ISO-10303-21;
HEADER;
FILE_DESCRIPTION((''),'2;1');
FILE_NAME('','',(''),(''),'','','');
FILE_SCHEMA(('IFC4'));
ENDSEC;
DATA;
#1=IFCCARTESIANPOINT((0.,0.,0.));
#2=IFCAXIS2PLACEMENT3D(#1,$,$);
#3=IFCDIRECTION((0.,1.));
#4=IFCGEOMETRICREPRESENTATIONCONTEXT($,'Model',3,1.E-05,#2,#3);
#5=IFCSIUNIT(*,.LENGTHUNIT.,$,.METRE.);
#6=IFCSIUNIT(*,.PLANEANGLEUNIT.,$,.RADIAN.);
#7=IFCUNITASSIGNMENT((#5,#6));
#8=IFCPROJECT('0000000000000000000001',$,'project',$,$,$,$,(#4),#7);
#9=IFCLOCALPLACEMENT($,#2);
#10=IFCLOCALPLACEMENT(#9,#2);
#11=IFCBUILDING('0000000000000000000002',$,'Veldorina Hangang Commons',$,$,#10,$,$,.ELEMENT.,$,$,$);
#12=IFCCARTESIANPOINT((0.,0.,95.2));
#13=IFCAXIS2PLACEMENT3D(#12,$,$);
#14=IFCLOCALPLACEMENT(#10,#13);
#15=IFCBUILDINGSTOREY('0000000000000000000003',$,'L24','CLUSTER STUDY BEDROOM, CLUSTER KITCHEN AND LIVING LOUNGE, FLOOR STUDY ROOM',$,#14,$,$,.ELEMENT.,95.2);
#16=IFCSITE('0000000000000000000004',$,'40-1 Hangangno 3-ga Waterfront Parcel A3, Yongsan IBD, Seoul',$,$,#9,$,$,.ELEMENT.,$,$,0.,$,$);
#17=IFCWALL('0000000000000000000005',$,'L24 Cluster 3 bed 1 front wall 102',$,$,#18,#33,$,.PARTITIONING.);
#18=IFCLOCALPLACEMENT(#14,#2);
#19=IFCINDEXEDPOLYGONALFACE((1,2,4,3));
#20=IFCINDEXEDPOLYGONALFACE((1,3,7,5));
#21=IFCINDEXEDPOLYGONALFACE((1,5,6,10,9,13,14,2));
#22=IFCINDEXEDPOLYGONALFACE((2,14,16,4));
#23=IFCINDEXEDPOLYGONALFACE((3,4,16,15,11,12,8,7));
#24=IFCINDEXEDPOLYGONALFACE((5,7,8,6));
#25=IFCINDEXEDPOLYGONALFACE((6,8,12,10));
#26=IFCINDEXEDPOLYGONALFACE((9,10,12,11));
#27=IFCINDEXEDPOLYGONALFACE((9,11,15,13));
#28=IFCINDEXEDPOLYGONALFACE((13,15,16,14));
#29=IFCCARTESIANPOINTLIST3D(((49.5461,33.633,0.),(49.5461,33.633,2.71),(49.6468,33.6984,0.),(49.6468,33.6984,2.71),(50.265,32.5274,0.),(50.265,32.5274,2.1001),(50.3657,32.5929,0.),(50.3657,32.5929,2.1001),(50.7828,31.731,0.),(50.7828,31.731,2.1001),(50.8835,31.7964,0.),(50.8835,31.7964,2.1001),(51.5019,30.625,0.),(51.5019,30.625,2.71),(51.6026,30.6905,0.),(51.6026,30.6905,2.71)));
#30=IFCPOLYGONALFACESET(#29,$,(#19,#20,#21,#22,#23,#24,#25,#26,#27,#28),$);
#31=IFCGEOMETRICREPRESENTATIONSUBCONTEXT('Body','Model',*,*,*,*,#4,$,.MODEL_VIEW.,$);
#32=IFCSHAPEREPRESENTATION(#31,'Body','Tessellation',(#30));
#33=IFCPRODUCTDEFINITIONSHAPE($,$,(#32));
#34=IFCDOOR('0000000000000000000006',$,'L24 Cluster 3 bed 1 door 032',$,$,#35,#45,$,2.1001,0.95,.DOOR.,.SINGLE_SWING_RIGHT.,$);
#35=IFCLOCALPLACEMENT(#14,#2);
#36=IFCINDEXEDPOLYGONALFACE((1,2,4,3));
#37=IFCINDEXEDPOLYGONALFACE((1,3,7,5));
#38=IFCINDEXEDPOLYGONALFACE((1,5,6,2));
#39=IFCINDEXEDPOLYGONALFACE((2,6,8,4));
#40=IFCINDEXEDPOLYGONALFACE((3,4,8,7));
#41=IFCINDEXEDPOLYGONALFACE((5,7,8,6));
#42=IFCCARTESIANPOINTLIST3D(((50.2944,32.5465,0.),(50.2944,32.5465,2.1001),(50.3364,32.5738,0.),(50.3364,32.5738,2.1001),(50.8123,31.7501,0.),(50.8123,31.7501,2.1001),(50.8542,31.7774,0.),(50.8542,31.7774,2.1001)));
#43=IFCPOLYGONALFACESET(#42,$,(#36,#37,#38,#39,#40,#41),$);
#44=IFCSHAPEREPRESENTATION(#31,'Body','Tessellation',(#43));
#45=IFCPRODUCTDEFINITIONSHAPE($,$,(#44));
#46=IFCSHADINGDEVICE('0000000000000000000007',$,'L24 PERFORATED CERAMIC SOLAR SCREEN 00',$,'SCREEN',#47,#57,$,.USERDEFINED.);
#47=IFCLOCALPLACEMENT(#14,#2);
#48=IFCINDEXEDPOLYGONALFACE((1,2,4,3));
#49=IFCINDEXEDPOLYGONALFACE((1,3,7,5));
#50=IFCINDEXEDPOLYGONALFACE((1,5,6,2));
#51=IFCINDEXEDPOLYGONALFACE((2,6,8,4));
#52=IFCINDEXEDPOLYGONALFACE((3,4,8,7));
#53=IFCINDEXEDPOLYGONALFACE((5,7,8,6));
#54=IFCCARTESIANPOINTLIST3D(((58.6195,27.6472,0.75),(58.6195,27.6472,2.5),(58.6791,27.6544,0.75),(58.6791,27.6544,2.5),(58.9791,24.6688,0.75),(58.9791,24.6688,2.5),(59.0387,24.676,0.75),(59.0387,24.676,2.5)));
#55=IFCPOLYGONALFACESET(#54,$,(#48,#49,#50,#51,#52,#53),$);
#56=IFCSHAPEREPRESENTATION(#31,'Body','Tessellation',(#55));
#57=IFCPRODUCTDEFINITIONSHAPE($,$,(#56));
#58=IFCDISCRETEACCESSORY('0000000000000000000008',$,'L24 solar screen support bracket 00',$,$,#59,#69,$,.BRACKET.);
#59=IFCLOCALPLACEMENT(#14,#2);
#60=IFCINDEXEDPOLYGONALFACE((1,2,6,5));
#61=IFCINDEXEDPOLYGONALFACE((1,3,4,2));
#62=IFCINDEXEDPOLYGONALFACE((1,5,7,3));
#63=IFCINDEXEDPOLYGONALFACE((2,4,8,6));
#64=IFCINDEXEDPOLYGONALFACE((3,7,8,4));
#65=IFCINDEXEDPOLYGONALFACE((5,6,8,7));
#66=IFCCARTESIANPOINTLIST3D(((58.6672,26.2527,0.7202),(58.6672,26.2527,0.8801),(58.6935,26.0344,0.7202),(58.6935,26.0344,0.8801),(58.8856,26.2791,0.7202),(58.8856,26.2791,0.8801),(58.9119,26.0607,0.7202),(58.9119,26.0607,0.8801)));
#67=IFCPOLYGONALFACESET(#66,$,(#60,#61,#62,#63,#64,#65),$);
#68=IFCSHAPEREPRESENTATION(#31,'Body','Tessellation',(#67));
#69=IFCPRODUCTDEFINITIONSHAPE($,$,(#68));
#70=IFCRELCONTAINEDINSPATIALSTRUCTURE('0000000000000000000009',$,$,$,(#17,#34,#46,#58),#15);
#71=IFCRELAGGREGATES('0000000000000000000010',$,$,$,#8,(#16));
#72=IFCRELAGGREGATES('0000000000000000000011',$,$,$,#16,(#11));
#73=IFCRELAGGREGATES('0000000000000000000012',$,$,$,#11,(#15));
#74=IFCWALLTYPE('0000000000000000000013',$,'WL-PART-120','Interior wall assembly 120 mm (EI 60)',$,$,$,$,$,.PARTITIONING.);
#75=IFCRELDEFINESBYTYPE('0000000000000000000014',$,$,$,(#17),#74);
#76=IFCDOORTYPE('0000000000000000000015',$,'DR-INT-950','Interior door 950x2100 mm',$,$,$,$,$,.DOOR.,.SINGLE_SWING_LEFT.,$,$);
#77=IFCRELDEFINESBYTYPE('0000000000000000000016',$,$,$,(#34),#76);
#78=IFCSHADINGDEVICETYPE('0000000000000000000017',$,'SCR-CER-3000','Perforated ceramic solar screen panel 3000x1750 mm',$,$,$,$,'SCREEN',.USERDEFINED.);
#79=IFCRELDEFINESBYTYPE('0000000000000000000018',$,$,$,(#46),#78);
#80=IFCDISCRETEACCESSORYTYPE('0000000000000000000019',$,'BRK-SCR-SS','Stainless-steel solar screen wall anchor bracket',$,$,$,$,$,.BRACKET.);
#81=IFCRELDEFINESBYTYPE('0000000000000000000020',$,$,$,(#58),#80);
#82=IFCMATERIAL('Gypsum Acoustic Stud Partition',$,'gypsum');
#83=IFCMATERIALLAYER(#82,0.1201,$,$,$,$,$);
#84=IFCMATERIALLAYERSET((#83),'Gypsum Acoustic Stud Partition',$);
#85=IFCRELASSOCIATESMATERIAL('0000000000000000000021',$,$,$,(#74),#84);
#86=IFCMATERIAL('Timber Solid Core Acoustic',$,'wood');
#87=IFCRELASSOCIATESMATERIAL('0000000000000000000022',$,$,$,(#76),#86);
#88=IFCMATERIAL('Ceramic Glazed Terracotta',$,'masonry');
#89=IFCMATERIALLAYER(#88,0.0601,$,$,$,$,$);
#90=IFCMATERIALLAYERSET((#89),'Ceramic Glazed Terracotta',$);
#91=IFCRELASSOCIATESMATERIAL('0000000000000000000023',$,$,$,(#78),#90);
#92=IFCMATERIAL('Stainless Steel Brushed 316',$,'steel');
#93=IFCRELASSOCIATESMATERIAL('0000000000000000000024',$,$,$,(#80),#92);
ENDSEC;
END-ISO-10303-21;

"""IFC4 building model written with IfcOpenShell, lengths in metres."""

from ifc_helpers import new_model, si_unit, direction, frame, frame_2d, origin, origin_2d, place, context, subcontext, project, spatial, rectangle, extrude, material, layer, layer_set, type_object, element, fill, save


model = new_model("IFC4")

# Units and contexts
model_context = context("Model", 3, precision=1e-05, world=origin(), true_north=direction((0.0, 1.0)))
body_context = subcontext(model_context, "Body", "Model", "MODEL_VIEW")
ifc_project = project(units=[si_unit("LENGTHUNIT", "METRE"), si_unit("PLANEANGLEUNIT", "RADIAN")], contexts=[model_context])

# Site, building, storey
site_placement = place(None, origin())
site = spatial("IfcSite", under=ifc_project, at=site_placement, Name="40-1 Hangangno 3-ga Waterfront Parcel A3, Yongsan IBD, Seoul", CompositionType="ELEMENT", RefElevation=0.0)
building_placement = place(site_placement, origin())
building = spatial("IfcBuilding", under=site, at=building_placement, Name="Veldorina Hangang Commons", CompositionType="ELEMENT")
storey_placement = place(building_placement, frame((0.0, 0.0, 95.2)))
storey = spatial("IfcBuildingStorey", under=building, at=storey_placement, Name="L24", Description="CLUSTER STUDY BEDROOM, CLUSTER KITCHEN AND LIVING LOUNGE, FLOOR STUDY ROOM", CompositionType="ELEMENT", Elevation=95.2)

# Shared definitions
ifc_material_1 = material(Name="Gypsum Acoustic Stud Partition", Category="gypsum")
ifc_layer_1 = layer(ifc_material_1, 0.1201)
ifc_layer_set_1 = layer_set([ifc_layer_1], Name="Gypsum Acoustic Stud Partition")
wall_type_1 = type_object("IfcWallType", Name="WL-PART-120", Description="Interior wall assembly 120 mm (EI 60)", PredefinedType="PARTITIONING", material=ifc_layer_set_1)
ifc_material_2 = material(Name="Timber Solid Core Acoustic", Category="wood")
door_type = type_object("IfcDoorType", Name="DR-INT-950", Description="Interior door 950x2100 mm", OperationType="SINGLE_SWING_LEFT", PredefinedType="DOOR", material=ifc_material_2)

# Wall, opening, door
wall_1_placement = place(storey_placement, frame((51.5522, 30.6577, 0.0), z_axis=(0.0, 0.0, 1.0), x_axis=(-0.545101, 0.838371, 0.0)))
wall_1 = element("IfcWall", 1, at=wall_1_placement, inside=storey, type_object=wall_type_1, Name="L24 Cluster 3 bed 1 front wall 102", PredefinedType="PARTITIONING", context=body_context, shape_type="SweptSolid", body=[
    extrude(rectangle(XDim=3.5879, YDim=0.1201, at=frame_2d((1.7939, 0.0))), origin(), (0.0, 0.0, 1.0), 2.71),
])
opening_1_placement = place(wall_1_placement, frame((1.3191, 0.0, 0.0)))
opening_1 = element("IfcOpeningElement", 2, at=opening_1_placement, cuts=wall_1, PredefinedType="OPENING", context=body_context, shape_type="SweptSolid", body=[
    extrude(rectangle(XDim=0.95, YDim=2.1001, at=frame_2d((0.4751, 1.05))), frame((0.0, 0.0701, 0.0), z_axis=(0.0, -1.0, 0.0), x_axis=(1.0, 0.0, 0.0)), (0.0, 0.0, 1.0), 0.1401),
])
door_1_placement = place(opening_1_placement, origin())
door_1 = element("IfcDoor", 3, at=door_1_placement, inside=storey, type_object=door_type, Name="L24 Cluster 3 bed 1 door 032", OperationType="SINGLE_SWING_RIGHT", OverallHeight=2.1001, OverallWidth=0.95, PredefinedType="DOOR", context=body_context, shape_type="SweptSolid", body=[
    extrude(rectangle(XDim=0.95, YDim=2.1001, at=frame_2d((0.4751, 1.05))), frame((0.0, 0.0249, 0.0), z_axis=(0.0, -1.0, 0.0), x_axis=(1.0, 0.0, 0.0)), (0.0, 0.0, 1.0), 0.05),
])
fill(opening_1, door_1)

# Shading device
ifc_material_3 = material(Name="Ceramic Glazed Terracotta", Category="masonry")
ifc_layer_2 = layer(ifc_material_3, 0.0601)
ifc_layer_set_2 = layer_set([ifc_layer_2], Name="Ceramic Glazed Terracotta")
shading_device_type = type_object("IfcShadingDeviceType", Name="SCR-CER-3000", Description="Perforated ceramic solar screen panel 3000x1750 mm", ElementType="SCREEN", PredefinedType="USERDEFINED", material=ifc_layer_set_2)
shading_device_placement = place(storey_placement, frame((58.8291, 26.1616, 0.75), z_axis=(0.0, 0.0, 1.0), x_axis=(-0.119877, 0.992789, 0.0)))
element("IfcShadingDevice", 4, at=shading_device_placement, inside=storey, type_object=shading_device_type, Name="L24 PERFORATED CERAMIC SOLAR SCREEN 00", ObjectType="SCREEN", PredefinedType="USERDEFINED", context=body_context, shape_type="SweptSolid", body=[
    extrude(rectangle(XDim=3.0, YDim=0.0601, at=origin_2d()), origin(), (0.0, 0.0, 1.0), 1.75),
])

# Discrete accessory
ifc_material_4 = material(Name="Stainless Steel Brushed 316", Category="steel")
discrete_accessory_type = type_object("IfcDiscreteAccessoryType", Name="BRK-SCR-SS", Description="Stainless-steel solar screen wall anchor bracket", PredefinedType="BRACKET", material=ifc_material_4)
discrete_accessory_placement = place(storey_placement, frame((58.7896, 26.1567, 0.7202), z_axis=(0.0, 0.0, 1.0), x_axis=(-0.119877, 0.992789, 0.0)))
element("IfcDiscreteAccessory", 5, at=discrete_accessory_placement, inside=storey, type_object=discrete_accessory_type, Name="L24 solar screen support bracket 00", PredefinedType="BRACKET", context=body_context, shape_type="SweptSolid", body=[
    extrude(rectangle(XDim=0.22, YDim=0.22, at=origin_2d()), origin(), (0.0, 0.0, 1.0), 0.1599),
])

save(model, "model.ifc")
